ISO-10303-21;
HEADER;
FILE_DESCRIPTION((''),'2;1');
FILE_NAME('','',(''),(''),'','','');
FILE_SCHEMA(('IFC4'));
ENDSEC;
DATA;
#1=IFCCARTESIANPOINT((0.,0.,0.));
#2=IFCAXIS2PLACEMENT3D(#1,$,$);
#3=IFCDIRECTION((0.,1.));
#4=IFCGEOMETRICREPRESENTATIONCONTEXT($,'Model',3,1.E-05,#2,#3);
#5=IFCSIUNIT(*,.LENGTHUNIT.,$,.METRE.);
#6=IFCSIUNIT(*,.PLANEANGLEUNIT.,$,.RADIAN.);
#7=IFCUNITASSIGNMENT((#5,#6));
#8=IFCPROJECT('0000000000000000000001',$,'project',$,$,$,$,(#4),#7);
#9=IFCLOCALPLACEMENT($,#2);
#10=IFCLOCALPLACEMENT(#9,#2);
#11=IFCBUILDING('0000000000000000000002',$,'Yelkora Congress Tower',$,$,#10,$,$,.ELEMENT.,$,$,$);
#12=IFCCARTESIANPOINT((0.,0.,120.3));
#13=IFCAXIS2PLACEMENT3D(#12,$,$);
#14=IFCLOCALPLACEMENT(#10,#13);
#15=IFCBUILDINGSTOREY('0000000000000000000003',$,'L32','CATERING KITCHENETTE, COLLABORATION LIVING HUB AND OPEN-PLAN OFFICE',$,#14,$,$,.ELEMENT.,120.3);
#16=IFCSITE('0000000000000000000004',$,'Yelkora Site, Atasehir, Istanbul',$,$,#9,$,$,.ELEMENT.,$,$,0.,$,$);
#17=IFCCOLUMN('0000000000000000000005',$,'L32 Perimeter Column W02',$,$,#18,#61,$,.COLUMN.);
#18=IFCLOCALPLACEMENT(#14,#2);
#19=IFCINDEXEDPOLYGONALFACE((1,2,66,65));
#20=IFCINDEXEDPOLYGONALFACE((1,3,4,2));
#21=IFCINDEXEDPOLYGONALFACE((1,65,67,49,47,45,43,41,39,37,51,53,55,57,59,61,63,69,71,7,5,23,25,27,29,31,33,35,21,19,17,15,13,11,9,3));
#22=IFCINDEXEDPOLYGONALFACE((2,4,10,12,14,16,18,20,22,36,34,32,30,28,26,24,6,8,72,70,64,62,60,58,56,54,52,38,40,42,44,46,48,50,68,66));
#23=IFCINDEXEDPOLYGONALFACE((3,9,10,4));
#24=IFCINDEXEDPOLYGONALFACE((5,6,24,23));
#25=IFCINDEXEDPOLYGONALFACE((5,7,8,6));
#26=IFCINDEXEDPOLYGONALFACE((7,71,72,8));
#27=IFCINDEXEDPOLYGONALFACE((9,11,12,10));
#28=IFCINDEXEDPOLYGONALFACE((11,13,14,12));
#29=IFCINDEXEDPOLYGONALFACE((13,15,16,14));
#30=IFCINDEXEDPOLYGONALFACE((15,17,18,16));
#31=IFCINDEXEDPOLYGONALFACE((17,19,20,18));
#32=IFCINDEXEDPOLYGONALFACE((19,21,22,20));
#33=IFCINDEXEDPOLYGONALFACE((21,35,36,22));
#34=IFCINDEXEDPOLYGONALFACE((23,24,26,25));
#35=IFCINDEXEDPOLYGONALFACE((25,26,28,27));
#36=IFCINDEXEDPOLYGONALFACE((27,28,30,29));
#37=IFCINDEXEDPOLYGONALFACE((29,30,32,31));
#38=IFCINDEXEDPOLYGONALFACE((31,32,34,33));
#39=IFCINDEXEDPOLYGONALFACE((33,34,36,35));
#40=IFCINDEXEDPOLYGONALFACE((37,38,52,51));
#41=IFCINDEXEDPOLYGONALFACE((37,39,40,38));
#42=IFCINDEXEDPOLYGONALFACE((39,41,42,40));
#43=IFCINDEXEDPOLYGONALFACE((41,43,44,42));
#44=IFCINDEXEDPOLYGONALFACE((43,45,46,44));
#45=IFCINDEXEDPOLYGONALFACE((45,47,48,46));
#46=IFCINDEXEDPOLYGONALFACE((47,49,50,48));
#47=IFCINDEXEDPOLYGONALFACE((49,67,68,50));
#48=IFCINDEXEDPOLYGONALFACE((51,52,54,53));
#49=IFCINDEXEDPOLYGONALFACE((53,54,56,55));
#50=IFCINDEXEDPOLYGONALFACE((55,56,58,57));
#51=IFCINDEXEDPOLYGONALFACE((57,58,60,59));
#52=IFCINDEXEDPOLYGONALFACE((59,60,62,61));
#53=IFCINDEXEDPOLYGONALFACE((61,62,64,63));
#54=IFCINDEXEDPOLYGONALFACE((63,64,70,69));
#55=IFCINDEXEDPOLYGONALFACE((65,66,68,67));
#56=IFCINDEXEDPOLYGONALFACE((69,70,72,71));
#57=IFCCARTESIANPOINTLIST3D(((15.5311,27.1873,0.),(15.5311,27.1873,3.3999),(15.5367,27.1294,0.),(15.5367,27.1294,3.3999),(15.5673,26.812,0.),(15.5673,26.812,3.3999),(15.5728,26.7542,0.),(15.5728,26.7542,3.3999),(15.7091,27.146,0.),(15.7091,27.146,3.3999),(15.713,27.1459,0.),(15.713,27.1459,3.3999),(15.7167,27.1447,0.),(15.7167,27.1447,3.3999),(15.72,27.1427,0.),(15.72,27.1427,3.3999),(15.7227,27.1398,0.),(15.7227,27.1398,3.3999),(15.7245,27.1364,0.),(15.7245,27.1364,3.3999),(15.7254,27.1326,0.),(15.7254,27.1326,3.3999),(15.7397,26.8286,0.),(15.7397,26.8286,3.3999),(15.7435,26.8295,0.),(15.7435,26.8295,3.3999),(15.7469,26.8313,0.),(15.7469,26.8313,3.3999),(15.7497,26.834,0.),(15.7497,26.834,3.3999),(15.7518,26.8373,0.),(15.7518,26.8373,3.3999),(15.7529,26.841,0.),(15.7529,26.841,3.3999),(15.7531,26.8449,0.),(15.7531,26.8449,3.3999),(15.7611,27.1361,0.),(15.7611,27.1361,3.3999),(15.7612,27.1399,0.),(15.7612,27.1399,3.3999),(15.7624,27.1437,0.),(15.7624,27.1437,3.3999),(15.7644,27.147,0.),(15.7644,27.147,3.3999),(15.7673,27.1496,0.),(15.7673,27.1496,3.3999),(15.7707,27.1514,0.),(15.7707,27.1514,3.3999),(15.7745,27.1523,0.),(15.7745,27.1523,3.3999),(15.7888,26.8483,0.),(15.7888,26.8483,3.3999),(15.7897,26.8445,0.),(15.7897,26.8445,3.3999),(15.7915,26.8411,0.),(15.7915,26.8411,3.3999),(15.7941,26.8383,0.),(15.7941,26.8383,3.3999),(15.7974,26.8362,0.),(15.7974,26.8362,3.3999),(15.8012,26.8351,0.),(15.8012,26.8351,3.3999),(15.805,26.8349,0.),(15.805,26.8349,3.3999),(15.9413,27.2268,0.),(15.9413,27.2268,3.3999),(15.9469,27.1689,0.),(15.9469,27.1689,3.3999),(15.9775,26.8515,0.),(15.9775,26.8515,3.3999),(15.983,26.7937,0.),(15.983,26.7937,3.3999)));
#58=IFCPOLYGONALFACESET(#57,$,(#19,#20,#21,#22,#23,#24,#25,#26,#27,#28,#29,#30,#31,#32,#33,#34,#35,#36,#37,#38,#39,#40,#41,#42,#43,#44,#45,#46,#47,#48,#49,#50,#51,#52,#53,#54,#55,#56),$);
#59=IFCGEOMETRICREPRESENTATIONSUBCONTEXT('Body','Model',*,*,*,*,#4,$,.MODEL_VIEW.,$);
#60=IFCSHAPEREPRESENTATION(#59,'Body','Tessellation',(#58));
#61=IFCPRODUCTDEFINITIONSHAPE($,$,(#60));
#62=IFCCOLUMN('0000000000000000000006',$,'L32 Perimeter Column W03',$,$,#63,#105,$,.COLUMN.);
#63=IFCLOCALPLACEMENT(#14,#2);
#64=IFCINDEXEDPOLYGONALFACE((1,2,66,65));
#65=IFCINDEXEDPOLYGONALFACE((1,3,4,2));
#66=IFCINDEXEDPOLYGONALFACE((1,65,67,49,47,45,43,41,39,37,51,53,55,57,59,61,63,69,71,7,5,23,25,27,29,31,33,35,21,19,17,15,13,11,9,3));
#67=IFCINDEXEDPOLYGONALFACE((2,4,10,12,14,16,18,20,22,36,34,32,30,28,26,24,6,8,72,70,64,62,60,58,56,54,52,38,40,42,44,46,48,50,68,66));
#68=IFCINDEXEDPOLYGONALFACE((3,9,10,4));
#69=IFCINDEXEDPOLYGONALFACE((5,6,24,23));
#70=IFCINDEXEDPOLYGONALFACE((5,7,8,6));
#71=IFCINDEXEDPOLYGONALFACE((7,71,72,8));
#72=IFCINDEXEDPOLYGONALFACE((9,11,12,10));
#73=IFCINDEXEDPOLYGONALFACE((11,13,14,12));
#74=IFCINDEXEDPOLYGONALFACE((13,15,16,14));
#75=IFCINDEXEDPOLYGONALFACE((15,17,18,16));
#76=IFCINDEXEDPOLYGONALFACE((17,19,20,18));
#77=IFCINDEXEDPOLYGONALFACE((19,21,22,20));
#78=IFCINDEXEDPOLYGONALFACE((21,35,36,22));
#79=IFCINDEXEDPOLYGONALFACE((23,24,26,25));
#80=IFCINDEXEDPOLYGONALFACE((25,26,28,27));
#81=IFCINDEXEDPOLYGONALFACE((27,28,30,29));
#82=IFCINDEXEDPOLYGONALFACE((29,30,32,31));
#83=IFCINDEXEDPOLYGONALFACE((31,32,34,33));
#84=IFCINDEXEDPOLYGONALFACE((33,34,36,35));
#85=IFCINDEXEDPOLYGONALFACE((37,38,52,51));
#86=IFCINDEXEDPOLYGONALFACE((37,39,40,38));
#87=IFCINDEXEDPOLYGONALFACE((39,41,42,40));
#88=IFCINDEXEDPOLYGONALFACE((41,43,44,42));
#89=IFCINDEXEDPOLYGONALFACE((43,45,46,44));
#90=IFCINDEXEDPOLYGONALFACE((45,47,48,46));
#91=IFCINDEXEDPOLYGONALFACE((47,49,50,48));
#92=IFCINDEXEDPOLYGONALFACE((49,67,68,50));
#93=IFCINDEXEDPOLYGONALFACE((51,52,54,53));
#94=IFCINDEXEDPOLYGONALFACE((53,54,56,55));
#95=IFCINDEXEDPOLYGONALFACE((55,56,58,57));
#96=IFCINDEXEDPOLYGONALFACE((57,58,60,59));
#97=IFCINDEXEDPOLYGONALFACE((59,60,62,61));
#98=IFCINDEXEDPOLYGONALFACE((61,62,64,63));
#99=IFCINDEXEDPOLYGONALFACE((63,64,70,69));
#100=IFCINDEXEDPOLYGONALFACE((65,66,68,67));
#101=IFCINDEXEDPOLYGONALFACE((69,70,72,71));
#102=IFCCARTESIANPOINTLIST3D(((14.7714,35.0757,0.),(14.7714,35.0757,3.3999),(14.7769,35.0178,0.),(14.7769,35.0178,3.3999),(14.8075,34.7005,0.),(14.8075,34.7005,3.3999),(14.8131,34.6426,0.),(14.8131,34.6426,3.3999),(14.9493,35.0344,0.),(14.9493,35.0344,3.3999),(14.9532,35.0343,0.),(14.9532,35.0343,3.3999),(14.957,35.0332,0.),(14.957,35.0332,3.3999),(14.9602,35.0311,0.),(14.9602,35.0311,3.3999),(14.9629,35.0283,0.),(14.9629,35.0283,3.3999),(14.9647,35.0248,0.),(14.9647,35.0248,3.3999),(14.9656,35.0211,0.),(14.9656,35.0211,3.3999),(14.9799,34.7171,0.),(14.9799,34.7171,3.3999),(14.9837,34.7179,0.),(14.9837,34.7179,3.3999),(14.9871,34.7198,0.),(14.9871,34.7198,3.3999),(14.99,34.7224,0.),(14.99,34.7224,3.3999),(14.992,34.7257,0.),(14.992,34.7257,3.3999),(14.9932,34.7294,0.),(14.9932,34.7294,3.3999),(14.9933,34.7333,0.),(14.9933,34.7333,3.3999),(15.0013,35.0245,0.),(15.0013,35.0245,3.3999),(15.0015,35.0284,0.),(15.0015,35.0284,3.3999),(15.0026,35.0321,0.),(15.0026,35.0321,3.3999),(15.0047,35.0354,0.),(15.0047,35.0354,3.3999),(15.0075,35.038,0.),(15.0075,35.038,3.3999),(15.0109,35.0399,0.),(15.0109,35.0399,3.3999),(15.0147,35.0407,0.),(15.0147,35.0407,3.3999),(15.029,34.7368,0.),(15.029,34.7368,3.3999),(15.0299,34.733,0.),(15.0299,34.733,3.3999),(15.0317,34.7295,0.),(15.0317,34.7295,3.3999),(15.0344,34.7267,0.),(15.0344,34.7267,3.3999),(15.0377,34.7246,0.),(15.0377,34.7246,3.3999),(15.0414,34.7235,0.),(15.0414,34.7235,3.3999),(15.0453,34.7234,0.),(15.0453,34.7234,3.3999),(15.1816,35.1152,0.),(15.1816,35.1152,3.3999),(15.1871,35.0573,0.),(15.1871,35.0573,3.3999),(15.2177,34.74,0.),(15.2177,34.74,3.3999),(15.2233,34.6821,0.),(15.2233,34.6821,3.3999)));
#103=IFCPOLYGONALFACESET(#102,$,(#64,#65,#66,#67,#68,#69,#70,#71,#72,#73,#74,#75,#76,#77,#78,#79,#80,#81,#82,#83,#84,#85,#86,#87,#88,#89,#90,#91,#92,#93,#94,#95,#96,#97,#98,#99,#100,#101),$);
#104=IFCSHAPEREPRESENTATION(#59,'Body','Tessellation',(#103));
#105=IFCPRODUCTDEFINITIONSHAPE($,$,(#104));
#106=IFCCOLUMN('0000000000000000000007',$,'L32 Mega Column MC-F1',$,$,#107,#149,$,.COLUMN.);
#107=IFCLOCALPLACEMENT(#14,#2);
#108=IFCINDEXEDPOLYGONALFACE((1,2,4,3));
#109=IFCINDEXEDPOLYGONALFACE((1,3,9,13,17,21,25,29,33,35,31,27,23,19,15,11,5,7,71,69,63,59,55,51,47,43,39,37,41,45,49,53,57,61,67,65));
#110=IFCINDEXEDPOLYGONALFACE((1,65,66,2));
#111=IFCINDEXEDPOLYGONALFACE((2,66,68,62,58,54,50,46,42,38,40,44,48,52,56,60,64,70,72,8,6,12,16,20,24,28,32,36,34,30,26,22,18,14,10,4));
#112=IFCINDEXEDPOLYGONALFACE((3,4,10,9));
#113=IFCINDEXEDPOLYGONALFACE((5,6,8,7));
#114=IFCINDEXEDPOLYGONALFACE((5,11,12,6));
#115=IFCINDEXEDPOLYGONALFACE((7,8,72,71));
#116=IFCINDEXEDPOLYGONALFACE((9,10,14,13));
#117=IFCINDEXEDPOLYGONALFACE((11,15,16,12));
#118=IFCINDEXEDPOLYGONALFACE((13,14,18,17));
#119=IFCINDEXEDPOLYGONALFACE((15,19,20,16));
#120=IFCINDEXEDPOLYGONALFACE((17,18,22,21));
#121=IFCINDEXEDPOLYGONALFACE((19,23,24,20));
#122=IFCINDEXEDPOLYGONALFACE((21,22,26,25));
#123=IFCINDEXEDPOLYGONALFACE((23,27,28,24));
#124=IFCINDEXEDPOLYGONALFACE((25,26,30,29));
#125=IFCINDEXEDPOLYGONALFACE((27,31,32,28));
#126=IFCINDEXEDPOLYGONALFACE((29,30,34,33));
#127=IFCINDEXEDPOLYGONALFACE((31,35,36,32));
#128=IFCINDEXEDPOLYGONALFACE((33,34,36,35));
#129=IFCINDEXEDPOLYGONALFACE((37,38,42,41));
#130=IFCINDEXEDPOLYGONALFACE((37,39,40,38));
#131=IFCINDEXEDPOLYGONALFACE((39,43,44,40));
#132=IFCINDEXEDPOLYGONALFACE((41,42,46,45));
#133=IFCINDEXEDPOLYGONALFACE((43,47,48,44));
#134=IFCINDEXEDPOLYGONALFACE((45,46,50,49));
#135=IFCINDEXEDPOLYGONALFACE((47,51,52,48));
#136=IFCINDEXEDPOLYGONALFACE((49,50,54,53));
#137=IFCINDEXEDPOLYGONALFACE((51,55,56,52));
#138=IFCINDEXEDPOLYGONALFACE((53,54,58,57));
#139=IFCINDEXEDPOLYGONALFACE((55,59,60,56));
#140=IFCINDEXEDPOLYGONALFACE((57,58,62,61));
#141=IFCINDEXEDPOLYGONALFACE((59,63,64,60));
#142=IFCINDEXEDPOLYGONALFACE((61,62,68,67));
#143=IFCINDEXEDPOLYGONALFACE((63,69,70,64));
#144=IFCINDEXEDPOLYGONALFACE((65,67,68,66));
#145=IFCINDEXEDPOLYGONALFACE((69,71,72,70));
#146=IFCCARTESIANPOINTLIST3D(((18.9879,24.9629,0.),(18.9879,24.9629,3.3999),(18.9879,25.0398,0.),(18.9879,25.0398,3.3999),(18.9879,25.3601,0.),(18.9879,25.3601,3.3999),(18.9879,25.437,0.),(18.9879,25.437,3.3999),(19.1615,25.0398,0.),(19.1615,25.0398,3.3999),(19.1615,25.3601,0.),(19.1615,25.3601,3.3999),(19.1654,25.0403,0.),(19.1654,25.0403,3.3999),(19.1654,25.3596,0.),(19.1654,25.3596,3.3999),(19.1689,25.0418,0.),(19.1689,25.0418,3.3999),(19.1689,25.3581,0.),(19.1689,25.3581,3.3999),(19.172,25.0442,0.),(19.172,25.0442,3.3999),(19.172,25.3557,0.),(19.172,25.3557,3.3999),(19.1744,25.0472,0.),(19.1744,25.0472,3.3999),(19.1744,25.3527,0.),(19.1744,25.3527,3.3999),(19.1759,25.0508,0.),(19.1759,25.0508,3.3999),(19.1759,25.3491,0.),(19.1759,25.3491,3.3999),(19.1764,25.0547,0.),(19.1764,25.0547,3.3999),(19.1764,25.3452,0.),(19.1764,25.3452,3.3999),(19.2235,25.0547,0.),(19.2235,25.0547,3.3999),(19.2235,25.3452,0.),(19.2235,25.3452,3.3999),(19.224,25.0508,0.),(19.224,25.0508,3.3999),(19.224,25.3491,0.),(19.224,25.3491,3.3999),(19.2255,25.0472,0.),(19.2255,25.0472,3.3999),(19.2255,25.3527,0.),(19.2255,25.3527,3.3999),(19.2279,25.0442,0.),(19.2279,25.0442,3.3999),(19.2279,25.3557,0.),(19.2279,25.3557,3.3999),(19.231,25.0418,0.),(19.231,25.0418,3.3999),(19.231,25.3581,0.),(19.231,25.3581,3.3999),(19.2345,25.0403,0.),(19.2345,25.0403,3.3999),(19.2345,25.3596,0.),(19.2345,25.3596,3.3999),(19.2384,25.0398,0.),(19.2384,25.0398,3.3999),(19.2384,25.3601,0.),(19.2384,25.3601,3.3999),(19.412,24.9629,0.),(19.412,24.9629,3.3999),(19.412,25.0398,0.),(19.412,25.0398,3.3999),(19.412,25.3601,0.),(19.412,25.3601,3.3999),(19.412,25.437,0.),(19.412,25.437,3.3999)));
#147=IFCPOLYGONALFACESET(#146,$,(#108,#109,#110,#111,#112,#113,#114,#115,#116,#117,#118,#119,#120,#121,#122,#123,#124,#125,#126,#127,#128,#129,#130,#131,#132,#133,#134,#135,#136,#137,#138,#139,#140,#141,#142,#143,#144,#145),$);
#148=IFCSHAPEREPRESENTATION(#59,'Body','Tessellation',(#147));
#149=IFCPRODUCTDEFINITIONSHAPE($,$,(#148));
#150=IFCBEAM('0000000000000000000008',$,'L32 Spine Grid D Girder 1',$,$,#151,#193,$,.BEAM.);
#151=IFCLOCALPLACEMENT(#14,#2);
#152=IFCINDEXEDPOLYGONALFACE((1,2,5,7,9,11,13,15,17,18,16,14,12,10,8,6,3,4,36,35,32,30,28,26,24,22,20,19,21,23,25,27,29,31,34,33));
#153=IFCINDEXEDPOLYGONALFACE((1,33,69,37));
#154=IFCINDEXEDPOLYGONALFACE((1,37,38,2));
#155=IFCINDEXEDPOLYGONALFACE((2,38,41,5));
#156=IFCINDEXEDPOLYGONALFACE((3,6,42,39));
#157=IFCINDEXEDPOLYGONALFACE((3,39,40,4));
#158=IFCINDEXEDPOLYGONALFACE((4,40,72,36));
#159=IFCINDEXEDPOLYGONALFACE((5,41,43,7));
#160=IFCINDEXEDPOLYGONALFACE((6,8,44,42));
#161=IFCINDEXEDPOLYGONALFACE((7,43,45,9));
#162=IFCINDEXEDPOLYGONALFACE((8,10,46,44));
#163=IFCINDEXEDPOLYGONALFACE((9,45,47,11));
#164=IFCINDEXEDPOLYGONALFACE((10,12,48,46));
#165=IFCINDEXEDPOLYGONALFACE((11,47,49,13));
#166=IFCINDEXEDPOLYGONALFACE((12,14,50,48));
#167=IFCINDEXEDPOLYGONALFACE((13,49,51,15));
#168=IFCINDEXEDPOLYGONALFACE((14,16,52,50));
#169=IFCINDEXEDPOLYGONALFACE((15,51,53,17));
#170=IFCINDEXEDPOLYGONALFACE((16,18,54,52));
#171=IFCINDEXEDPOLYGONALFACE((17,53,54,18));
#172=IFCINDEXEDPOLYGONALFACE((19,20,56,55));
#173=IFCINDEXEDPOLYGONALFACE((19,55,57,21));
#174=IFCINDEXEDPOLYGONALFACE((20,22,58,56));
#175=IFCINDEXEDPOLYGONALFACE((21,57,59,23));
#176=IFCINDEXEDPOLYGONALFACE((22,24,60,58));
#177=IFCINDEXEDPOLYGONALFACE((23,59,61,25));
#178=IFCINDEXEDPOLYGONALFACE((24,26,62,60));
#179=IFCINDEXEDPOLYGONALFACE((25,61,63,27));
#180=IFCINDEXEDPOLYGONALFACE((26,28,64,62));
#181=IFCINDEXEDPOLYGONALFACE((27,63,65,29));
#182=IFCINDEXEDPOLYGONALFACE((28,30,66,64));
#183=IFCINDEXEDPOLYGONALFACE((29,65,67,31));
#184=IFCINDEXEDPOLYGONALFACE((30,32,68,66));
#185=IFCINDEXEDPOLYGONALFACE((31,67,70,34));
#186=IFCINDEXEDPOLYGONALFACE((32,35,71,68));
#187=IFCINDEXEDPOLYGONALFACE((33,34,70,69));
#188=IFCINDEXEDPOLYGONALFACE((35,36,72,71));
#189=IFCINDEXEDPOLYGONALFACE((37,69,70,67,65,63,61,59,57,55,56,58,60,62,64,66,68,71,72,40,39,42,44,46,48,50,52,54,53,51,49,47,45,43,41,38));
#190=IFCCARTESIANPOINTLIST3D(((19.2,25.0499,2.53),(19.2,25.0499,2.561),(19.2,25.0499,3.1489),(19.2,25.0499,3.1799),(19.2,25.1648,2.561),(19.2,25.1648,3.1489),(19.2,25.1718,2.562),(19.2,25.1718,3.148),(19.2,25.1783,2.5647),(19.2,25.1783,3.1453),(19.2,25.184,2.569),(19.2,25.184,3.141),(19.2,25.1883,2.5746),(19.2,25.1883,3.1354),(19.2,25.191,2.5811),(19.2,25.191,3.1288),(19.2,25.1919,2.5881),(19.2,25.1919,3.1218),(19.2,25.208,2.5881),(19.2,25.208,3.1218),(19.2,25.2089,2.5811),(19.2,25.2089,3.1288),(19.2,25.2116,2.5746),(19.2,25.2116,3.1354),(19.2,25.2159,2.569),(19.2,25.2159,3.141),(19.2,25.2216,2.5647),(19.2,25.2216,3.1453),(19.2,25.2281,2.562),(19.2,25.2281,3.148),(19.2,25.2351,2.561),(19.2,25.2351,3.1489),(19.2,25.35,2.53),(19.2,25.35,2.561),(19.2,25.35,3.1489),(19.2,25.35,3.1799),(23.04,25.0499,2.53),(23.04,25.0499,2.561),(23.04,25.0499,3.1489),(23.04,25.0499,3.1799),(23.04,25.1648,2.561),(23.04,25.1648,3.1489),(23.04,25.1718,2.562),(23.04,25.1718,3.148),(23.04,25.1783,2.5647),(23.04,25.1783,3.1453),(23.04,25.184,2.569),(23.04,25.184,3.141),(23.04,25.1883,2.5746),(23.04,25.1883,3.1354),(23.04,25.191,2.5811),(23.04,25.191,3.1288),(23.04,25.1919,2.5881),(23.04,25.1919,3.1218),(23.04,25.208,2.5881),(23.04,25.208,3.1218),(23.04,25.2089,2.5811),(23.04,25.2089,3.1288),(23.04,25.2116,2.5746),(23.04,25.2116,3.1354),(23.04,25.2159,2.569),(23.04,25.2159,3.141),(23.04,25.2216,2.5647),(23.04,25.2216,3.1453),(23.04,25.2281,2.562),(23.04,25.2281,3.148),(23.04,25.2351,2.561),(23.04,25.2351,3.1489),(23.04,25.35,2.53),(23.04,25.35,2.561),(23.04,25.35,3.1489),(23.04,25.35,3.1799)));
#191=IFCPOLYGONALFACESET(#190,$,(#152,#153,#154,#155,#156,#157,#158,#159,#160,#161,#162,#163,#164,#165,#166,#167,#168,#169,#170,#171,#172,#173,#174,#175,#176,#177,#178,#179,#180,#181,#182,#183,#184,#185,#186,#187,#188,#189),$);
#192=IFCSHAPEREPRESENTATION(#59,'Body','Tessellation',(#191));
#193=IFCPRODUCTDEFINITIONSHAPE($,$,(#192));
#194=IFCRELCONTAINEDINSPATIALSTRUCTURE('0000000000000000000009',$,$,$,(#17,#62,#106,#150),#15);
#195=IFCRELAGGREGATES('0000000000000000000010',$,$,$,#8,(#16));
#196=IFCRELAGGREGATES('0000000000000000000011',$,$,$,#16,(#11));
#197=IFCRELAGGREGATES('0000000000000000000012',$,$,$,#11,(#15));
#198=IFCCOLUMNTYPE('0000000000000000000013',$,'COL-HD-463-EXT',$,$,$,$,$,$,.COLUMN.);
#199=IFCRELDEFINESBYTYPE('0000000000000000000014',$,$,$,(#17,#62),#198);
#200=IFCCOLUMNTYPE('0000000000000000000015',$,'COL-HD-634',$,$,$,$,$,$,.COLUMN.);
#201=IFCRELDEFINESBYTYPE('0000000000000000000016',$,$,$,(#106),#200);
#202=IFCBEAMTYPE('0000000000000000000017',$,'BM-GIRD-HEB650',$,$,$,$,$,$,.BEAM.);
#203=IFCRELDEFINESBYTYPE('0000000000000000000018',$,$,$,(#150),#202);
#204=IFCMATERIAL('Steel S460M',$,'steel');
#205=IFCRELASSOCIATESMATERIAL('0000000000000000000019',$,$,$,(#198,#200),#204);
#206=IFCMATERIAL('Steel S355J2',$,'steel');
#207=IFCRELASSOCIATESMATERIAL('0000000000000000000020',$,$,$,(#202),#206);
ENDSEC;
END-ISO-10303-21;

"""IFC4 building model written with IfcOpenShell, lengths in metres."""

from ifc_helpers import new_model, si_unit, direction, frame, origin, origin_2d, place, context, subcontext, project, spatial, i_section, extrude, material, material_profile, profile_set, type_object, element, save


model = new_model("IFC4")

# Units and contexts
model_context = context("Model", 3, precision=1e-05, world=origin(), true_north=direction((0.0, 1.0)))
body_context = subcontext(model_context, "Body", "Model", "MODEL_VIEW")
ifc_project = project(units=[si_unit("LENGTHUNIT", "METRE"), si_unit("PLANEANGLEUNIT", "RADIAN")], contexts=[model_context])

# Site, building, storey
site_placement = place(None, origin())
site = spatial("IfcSite", under=ifc_project, at=site_placement, Name="Yelkora Site, Atasehir, Istanbul", CompositionType="ELEMENT", RefElevation=0.0)
building_placement = place(site_placement, origin())
building = spatial("IfcBuilding", under=site, at=building_placement, Name="Yelkora Congress Tower", CompositionType="ELEMENT")
storey_placement = place(building_placement, frame((0.0, 0.0, 120.3)))
storey = spatial("IfcBuildingStorey", under=building, at=storey_placement, Name="L32", Description="CATERING KITCHENETTE, COLLABORATION LIVING HUB AND OPEN-PLAN OFFICE", CompositionType="ELEMENT", Elevation=120.3)

# Columns
ifc_material_1 = material(Name="Steel S460M", Category="steel")
ifc_material_profile_1 = material_profile(ifc_material_1, i_section(OverallWidth=0.4121, OverallDepth=0.4351, WebThickness=0.0359, FlangeThickness=0.0581, FilletRadius=0.0149, at=origin_2d()), Name="HD 400x463")
ifc_profile_set_1 = profile_set([ifc_material_profile_1], Name="Steel S460M")
column_type_1 = type_object("IfcColumnType", Name="COL-HD-463-EXT", PredefinedType="COLUMN", material=ifc_profile_set_1)
for number, where, z_axis, x_axis, name in (
    (1, (15.7571, 26.9905, 0.0), (0.0, 0.0, 1.0), (0.995396, 0.095846, 0.0), "L32 Perimeter Column W02"),
    (2, (14.9973, 34.8789, 0.0), (0.0, 0.0, 1.0), (0.995396, 0.095846, 0.0), "L32 Perimeter Column W03"),
):
    element("IfcColumn", number, at=place(storey_placement, frame(where, z_axis=z_axis, x_axis=x_axis)), inside=storey, type_object=column_type_1, Name=name, PredefinedType="COLUMN", context=body_context, shape_type="SweptSolid", body=[
        extrude(i_section(OverallWidth=0.4121, OverallDepth=0.4351, WebThickness=0.0359, FlangeThickness=0.0581, FilletRadius=0.0149, at=origin_2d()), origin(), (0.0, 0.0, 1.0), 3.3999),
    ])
ifc_material_profile_2 = material_profile(ifc_material_1, i_section(OverallWidth=0.4241, OverallDepth=0.4741, WebThickness=0.0471, FlangeThickness=0.0769, FilletRadius=0.0149, at=origin_2d()), Name="HD 400x634")
ifc_profile_set_2 = profile_set([ifc_material_profile_2], Name="Steel S460M")
column_type_2 = type_object("IfcColumnType", Name="COL-HD-634", PredefinedType="COLUMN", material=ifc_profile_set_2)
column_placement = place(storey_placement, frame((19.2, 25.2, 0.0), z_axis=(0.0, 0.0, 1.0), x_axis=(1.0, 0.0, 0.0)))
element("IfcColumn", 3, at=column_placement, inside=storey, type_object=column_type_2, Name="L32 Mega Column MC-F1", PredefinedType="COLUMN", context=body_context, shape_type="SweptSolid", body=[
    extrude(i_section(OverallWidth=0.4241, OverallDepth=0.4741, WebThickness=0.0471, FlangeThickness=0.0769, FilletRadius=0.0149, at=origin_2d()), origin(), (0.0, 0.0, 1.0), 3.3999),
])

# Beam
ifc_material_2 = material(Name="Steel S355J2", Category="steel")
ifc_material_profile_3 = material_profile(ifc_material_2, i_section(OverallWidth=0.3, OverallDepth=0.6499, WebThickness=0.0161, FlangeThickness=0.031, FilletRadius=0.0271, at=origin_2d()), Name="HEB 650")
ifc_profile_set_3 = profile_set([ifc_material_profile_3], Name="Steel S355J2")
beam_type_1 = type_object("IfcBeamType", Name="BM-GIRD-HEB650", PredefinedType="BEAM", material=ifc_profile_set_3)
beam_1_placement = place(storey_placement, frame((19.2, 25.2, 2.855), z_axis=(1.0, 0.0, 0.0), x_axis=(0.0, 1.0, 0.0)))
element("IfcBeam", 4, at=beam_1_placement, inside=storey, type_object=beam_type_1, Name="L32 Spine Grid D Girder 1", PredefinedType="BEAM", context=body_context, shape_type="SweptSolid", body=[
    extrude(i_section(OverallWidth=0.3, OverallDepth=0.6499, WebThickness=0.0161, FlangeThickness=0.031, FilletRadius=0.0271, at=origin_2d()), origin(), (0.0, 0.0, 1.0), 3.8401),
])

save(model, "model.ifc")
